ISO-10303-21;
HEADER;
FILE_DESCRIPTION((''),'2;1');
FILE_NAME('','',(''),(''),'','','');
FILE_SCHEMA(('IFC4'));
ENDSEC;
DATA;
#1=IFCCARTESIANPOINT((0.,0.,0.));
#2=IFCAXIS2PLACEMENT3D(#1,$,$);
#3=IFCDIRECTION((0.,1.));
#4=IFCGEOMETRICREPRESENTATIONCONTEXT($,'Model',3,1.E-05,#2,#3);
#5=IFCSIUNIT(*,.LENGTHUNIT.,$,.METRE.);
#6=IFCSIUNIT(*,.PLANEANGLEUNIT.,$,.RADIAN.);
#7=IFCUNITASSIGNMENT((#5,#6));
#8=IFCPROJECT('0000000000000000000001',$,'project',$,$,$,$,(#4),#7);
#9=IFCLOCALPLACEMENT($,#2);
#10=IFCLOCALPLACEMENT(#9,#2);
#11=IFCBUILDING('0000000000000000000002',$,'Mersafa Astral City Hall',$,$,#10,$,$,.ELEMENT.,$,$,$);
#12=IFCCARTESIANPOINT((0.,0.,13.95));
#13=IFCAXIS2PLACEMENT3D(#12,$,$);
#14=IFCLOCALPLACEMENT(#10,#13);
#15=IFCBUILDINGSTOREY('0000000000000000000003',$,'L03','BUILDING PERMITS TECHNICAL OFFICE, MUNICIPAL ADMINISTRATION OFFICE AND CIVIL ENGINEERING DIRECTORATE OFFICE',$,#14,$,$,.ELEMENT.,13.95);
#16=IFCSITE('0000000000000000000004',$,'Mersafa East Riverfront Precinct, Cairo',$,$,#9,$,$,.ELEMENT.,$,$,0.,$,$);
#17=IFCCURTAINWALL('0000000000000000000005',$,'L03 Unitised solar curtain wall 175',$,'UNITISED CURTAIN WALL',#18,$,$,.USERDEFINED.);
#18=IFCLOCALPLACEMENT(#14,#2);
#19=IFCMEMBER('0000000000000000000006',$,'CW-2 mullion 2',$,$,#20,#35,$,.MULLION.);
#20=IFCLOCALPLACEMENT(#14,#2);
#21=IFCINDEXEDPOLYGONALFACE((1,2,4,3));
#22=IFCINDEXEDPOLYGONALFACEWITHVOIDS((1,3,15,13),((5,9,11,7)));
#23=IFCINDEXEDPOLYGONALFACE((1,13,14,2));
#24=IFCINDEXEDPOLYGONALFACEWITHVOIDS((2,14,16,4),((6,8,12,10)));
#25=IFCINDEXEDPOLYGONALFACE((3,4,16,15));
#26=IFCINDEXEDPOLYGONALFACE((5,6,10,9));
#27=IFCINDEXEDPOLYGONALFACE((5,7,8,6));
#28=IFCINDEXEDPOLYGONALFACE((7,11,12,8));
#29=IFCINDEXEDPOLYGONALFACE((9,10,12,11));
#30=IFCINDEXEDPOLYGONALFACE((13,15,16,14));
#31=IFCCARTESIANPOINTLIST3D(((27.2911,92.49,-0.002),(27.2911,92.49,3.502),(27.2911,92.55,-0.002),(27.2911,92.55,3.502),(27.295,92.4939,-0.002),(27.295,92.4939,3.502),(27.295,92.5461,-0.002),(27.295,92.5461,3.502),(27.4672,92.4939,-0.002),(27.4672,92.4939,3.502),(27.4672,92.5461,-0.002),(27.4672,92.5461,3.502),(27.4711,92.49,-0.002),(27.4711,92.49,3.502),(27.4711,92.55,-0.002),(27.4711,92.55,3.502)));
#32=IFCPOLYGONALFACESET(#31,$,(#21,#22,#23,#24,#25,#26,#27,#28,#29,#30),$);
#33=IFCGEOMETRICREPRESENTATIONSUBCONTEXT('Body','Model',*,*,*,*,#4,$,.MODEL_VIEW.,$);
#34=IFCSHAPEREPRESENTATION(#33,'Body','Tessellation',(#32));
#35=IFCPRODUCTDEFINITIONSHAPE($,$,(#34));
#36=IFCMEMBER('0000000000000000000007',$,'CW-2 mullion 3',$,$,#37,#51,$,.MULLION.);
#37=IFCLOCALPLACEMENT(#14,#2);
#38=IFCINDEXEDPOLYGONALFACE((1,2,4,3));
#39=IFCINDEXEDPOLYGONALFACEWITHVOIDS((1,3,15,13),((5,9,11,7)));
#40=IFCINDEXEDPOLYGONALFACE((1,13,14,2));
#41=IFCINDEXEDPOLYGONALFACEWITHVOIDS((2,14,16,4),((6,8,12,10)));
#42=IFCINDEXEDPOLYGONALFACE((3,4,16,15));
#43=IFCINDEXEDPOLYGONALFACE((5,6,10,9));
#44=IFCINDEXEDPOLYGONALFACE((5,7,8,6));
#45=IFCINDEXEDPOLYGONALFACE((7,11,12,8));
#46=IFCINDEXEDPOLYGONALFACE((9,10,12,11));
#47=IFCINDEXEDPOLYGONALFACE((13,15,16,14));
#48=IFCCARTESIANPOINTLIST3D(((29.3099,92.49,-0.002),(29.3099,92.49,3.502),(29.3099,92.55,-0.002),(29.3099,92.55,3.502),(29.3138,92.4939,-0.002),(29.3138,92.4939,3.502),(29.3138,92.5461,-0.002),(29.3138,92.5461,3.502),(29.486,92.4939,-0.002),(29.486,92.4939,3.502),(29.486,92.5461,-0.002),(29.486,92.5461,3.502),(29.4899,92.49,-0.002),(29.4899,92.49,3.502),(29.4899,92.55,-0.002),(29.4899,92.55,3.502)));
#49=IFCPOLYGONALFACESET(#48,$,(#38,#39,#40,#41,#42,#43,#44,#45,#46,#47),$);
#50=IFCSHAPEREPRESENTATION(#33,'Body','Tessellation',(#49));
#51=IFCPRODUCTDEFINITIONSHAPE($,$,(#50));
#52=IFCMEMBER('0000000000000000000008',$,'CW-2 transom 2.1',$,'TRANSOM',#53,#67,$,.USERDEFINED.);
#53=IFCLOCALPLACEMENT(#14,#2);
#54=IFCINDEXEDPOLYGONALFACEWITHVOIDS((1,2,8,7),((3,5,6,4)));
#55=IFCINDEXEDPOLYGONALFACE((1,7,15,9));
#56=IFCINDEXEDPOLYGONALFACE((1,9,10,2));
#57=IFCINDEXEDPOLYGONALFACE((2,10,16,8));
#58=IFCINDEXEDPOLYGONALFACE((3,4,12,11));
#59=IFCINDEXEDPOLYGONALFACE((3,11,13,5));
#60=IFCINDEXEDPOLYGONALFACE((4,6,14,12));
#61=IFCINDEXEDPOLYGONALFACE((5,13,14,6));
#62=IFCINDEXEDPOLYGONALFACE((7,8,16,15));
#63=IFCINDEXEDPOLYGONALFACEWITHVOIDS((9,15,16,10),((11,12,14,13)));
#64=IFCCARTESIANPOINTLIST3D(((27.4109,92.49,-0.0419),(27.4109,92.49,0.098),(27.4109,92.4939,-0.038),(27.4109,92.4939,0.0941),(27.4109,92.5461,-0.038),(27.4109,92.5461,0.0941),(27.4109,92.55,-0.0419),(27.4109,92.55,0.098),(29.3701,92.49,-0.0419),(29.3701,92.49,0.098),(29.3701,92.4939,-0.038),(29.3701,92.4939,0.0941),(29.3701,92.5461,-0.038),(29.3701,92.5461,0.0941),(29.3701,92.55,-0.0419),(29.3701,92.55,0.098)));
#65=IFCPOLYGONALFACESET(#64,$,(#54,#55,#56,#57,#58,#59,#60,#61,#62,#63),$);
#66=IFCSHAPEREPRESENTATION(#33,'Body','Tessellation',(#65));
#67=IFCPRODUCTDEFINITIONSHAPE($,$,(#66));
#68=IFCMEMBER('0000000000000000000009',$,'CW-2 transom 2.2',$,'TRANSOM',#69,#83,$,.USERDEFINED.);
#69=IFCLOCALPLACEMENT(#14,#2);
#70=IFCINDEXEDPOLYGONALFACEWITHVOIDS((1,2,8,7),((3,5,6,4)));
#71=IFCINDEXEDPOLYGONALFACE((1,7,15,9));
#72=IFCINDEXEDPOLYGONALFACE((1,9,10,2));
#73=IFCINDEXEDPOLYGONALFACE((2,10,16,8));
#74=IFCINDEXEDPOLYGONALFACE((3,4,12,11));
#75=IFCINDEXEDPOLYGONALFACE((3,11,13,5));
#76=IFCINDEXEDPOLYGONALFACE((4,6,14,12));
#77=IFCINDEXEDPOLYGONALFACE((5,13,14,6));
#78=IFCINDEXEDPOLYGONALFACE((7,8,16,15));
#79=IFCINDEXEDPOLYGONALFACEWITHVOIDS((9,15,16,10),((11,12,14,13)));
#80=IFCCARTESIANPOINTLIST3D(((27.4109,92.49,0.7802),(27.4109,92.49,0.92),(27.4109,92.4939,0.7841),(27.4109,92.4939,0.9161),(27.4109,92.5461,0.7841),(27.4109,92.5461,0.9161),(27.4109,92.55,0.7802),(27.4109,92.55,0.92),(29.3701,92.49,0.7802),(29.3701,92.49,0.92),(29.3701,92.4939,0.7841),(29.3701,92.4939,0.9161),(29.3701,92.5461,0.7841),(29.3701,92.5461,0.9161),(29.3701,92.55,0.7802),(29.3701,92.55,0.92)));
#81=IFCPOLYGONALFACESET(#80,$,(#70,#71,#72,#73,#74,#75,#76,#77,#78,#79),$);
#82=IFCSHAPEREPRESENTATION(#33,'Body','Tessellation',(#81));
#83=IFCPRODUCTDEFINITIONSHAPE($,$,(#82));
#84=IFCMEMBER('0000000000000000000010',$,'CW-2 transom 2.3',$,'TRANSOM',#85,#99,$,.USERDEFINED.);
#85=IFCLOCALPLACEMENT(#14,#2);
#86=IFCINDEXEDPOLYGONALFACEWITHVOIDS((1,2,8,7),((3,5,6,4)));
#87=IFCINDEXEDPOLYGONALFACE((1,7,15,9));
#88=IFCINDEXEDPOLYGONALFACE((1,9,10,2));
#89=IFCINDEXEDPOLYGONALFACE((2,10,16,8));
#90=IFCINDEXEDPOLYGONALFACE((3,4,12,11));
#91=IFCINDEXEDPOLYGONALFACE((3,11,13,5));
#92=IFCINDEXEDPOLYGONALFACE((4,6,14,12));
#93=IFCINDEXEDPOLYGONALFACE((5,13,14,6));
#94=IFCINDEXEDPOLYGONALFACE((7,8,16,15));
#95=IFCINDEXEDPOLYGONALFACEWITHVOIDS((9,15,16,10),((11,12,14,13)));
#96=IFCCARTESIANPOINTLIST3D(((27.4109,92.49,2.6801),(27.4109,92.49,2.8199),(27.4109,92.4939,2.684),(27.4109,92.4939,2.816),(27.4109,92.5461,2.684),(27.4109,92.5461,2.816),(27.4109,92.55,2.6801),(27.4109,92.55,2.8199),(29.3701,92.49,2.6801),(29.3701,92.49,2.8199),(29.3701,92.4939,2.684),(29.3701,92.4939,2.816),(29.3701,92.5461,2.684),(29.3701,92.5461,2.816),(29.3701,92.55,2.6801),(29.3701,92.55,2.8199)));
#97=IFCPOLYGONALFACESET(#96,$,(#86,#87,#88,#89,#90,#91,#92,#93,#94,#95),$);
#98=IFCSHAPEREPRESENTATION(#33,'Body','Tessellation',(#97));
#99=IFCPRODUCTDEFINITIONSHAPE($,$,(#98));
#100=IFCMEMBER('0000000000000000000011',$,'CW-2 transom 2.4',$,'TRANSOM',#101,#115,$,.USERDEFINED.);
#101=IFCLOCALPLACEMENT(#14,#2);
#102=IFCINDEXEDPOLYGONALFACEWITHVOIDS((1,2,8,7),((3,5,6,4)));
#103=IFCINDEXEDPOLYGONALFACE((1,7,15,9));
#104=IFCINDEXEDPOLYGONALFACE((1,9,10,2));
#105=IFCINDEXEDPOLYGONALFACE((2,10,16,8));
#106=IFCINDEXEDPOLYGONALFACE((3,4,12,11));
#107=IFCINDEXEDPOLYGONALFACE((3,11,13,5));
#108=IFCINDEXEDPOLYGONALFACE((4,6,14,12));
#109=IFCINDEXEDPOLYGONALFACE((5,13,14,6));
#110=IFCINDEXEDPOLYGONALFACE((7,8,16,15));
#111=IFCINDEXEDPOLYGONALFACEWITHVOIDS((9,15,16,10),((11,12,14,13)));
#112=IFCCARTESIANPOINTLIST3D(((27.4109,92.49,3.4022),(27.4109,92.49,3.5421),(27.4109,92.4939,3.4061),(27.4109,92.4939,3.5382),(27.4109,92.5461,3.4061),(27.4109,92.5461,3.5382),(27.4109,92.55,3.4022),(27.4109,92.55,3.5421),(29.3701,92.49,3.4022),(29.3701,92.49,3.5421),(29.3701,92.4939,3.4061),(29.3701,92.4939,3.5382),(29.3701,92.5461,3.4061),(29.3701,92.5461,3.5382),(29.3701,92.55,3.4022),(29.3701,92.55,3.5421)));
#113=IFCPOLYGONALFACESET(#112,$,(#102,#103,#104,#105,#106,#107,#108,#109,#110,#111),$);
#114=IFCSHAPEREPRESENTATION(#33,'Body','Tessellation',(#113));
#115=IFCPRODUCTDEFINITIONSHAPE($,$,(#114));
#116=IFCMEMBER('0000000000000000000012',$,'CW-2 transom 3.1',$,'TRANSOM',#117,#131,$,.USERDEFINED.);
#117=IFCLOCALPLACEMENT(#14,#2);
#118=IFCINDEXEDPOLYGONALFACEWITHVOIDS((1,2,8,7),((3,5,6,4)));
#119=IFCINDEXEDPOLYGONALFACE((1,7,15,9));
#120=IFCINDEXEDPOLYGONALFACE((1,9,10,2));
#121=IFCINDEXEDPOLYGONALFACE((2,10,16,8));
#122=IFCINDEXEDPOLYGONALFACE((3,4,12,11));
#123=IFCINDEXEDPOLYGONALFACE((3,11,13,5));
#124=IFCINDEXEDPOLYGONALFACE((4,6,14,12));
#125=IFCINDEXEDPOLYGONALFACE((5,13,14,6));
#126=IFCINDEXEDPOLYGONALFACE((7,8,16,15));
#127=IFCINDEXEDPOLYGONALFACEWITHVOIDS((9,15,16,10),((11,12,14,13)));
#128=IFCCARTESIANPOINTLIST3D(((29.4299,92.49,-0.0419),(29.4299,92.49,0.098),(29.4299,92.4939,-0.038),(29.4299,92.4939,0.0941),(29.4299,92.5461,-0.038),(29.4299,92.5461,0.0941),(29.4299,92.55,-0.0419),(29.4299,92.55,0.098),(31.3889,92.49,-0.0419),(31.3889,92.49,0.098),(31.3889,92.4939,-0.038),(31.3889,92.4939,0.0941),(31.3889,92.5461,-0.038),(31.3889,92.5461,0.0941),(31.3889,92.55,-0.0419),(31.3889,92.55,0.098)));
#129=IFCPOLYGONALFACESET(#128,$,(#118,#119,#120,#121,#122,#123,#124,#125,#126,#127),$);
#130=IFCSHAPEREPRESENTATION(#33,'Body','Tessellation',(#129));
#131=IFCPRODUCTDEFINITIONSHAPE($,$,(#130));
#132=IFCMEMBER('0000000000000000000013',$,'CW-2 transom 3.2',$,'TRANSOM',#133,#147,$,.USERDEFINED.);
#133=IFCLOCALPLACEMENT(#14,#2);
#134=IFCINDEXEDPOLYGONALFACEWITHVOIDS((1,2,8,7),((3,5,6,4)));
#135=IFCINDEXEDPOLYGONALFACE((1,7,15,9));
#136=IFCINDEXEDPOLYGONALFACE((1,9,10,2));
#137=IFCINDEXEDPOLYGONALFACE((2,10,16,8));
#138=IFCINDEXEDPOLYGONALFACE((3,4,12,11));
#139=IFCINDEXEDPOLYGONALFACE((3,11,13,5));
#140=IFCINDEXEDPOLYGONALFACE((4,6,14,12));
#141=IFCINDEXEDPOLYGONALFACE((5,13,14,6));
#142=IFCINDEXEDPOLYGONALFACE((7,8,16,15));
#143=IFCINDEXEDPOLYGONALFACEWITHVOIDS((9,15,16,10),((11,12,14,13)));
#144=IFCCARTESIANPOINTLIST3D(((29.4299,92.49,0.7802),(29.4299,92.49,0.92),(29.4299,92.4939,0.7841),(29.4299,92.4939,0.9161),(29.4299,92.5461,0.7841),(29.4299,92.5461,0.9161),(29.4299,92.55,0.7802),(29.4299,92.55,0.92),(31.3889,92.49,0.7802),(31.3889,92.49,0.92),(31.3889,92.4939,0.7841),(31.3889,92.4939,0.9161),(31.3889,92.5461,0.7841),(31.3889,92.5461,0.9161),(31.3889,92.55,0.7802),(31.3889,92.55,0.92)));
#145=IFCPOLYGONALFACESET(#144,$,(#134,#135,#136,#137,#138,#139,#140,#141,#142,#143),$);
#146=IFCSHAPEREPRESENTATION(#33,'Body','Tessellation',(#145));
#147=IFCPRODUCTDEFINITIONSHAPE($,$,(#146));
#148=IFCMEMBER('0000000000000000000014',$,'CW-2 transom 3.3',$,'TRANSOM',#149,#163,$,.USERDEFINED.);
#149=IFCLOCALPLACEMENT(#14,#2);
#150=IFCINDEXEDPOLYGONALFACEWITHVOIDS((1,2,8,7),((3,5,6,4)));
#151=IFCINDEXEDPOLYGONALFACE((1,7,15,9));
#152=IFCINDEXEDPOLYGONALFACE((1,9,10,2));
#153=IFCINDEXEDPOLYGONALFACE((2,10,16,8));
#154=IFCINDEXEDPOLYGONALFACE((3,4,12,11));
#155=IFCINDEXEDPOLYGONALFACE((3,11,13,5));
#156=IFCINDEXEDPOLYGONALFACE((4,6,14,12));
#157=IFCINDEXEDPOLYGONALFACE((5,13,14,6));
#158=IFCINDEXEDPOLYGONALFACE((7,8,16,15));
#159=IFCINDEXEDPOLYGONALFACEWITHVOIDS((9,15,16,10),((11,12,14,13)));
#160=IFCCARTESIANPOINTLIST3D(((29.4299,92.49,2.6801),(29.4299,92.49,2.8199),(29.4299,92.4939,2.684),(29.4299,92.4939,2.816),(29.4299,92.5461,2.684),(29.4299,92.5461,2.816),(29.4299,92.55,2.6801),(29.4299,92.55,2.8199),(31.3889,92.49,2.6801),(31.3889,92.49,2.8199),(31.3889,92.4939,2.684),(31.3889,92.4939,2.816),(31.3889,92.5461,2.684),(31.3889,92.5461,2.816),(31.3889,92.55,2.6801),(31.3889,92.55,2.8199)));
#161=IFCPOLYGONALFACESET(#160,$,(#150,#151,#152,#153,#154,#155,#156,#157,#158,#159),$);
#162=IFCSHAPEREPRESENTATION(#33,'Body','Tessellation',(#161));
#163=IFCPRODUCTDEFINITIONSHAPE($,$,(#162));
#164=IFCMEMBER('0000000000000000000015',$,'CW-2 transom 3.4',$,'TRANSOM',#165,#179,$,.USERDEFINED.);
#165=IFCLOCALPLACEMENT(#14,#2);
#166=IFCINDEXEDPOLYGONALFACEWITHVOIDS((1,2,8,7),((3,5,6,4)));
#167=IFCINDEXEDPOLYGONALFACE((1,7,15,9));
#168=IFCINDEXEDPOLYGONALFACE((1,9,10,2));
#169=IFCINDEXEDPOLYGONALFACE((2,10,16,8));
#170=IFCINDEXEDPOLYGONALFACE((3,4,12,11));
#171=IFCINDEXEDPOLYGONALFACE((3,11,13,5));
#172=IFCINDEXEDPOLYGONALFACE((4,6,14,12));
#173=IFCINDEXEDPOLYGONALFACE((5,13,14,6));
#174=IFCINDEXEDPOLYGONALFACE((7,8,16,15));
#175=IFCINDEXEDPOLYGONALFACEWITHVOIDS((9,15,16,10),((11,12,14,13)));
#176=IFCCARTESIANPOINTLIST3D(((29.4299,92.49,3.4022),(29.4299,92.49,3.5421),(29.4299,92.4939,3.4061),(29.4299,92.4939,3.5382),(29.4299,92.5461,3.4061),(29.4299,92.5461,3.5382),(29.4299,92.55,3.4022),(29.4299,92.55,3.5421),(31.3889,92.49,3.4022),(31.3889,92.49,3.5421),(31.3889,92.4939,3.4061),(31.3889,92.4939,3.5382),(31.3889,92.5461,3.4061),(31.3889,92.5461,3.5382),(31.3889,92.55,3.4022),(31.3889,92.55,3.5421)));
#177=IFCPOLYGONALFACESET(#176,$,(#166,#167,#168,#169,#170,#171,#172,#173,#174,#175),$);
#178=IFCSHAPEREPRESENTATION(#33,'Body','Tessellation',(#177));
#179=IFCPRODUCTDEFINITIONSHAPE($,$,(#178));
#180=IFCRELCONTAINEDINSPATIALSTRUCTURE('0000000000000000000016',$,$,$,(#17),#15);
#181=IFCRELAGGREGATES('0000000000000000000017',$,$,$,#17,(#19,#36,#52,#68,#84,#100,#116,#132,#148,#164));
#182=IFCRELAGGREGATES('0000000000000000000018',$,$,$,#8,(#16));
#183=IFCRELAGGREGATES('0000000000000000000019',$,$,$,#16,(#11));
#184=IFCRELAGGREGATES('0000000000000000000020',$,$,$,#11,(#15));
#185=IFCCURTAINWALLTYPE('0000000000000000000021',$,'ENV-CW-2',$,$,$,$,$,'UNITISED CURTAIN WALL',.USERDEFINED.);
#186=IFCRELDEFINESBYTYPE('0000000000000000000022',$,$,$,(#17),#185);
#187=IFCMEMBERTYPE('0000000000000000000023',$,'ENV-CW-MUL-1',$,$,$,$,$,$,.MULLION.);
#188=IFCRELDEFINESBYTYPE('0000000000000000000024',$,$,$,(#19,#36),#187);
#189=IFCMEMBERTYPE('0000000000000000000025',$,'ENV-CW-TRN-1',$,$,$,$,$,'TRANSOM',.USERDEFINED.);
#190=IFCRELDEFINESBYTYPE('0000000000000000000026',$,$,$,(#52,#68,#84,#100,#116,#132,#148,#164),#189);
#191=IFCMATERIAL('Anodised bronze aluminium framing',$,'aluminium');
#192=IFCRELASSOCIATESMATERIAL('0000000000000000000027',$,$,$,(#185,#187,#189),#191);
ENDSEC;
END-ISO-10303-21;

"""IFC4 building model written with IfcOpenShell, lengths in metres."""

from ifc_helpers import new_model, si_unit, direction, frame, origin, origin_2d, place, context, subcontext, project, spatial, hollow_rectangle, extrude, material, material_profile, profile_set, type_object, element, aggregate, save


model = new_model("IFC4")

# Units and contexts
model_context = context("Model", 3, precision=1e-05, world=origin(), true_north=direction((0.0, 1.0)))
body_context = subcontext(model_context, "Body", "Model", "MODEL_VIEW")
ifc_project = project(units=[si_unit("LENGTHUNIT", "METRE"), si_unit("PLANEANGLEUNIT", "RADIAN")], contexts=[model_context])

# Site, building, storey
site_placement = place(None, origin())
site = spatial("IfcSite", under=ifc_project, at=site_placement, Name="Mersafa East Riverfront Precinct, Cairo", CompositionType="ELEMENT", RefElevation=0.0)
building_placement = place(site_placement, origin())
building = spatial("IfcBuilding", under=site, at=building_placement, Name="Mersafa Astral City Hall", CompositionType="ELEMENT")
storey_placement = place(building_placement, frame((0.0, 0.0, 13.95)))
storey = spatial("IfcBuildingStorey", under=building, at=storey_placement, Name="L03", Description="BUILDING PERMITS TECHNICAL OFFICE, MUNICIPAL ADMINISTRATION OFFICE AND CIVIL ENGINEERING DIRECTORATE OFFICE", CompositionType="ELEMENT", Elevation=13.95)

# Curtain wall, members
ifc_material_1 = material(Name="Anodised bronze aluminium framing", Category="aluminium")
curtain_wall_type = type_object("IfcCurtainWallType", Name="ENV-CW-2", ElementType="UNITISED CURTAIN WALL", PredefinedType="USERDEFINED", material=ifc_material_1)
curtain_wall_placement = place(storey_placement, origin())
curtain_wall = element("IfcCurtainWall", 1, at=curtain_wall_placement, inside=storey, type_object=curtain_wall_type, Name="L03 Unitised solar curtain wall 175", ObjectType="UNITISED CURTAIN WALL", PredefinedType="USERDEFINED")
ifc_material_profile_1 = material_profile(ifc_material_1, hollow_rectangle(XDim=0.0601, YDim=0.1799, WallThickness=0.0039, at=origin_2d()), Name="RHS 60x180x4")
ifc_profile_set_1 = profile_set([ifc_material_profile_1], Name="Anodised bronze aluminium framing")
member_type_1 = type_object("IfcMemberType", Name="ENV-CW-MUL-1", PredefinedType="MULLION", material=ifc_profile_set_1)
member_1_placement = place(storey_placement, frame((27.3811, 92.52, -0.002), z_axis=(0.0, 0.0, 1.0), x_axis=(0.0, 1.0, 0.0)))
member_1 = element("IfcMember", 2, at=member_1_placement, type_object=member_type_1, Name="CW-2 mullion 2", PredefinedType="MULLION", context=body_context, shape_type="SweptSolid", body=[
    extrude(hollow_rectangle(XDim=0.0601, YDim=0.1799, WallThickness=0.0039, at=origin_2d()), origin(), (0.0, 0.0, 1.0), 3.5039),
])
member_2_placement = place(storey_placement, frame((29.3999, 92.52, -0.002), z_axis=(0.0, 0.0, 1.0), x_axis=(0.0, 1.0, 0.0)))
member_2 = element("IfcMember", 3, at=member_2_placement, type_object=member_type_1, Name="CW-2 mullion 3", PredefinedType="MULLION", context=body_context, shape_type="SweptSolid", body=[
    extrude(hollow_rectangle(XDim=0.0601, YDim=0.1799, WallThickness=0.0039, at=origin_2d()), origin(), (0.0, 0.0, 1.0), 3.5039),
])
ifc_material_profile_2 = material_profile(ifc_material_1, hollow_rectangle(XDim=0.0601, YDim=0.1399, WallThickness=0.0039, at=origin_2d()), Name="RHS 60x140x4")
ifc_profile_set_2 = profile_set([ifc_material_profile_2], Name="Anodised bronze aluminium framing")
member_type_2 = type_object("IfcMemberType", Name="ENV-CW-TRN-1", ElementType="TRANSOM", PredefinedType="USERDEFINED", material=ifc_profile_set_2)
member_3_placement = place(storey_placement, frame((27.4109, 92.52, 0.0281), z_axis=(1.0, 0.0, 0.0), x_axis=(0.0, 1.0, 0.0)))
member_3 = element("IfcMember", 4, at=member_3_placement, type_object=member_type_2, Name="CW-2 transom 2.1", ObjectType="TRANSOM", PredefinedType="USERDEFINED", context=body_context, shape_type="SweptSolid", body=[
    extrude(hollow_rectangle(XDim=0.0601, YDim=0.1399, WallThickness=0.0039, at=origin_2d()), origin(), (0.0, 0.0, 1.0), 1.9592),
])
member_4_placement = place(storey_placement, frame((27.4109, 92.52, 0.8501), z_axis=(1.0, 0.0, 0.0), x_axis=(0.0, 1.0, 0.0)))
member_4 = element("IfcMember", 5, at=member_4_placement, type_object=member_type_2, Name="CW-2 transom 2.2", ObjectType="TRANSOM", PredefinedType="USERDEFINED", context=body_context, shape_type="SweptSolid", body=[
    extrude(hollow_rectangle(XDim=0.0601, YDim=0.1399, WallThickness=0.0039, at=origin_2d()), origin(), (0.0, 0.0, 1.0), 1.9592),
])
member_5_placement = place(storey_placement, frame((27.4109, 92.52, 2.75), z_axis=(1.0, 0.0, 0.0), x_axis=(0.0, 1.0, 0.0)))
member_5 = element("IfcMember", 6, at=member_5_placement, type_object=member_type_2, Name="CW-2 transom 2.3", ObjectType="TRANSOM", PredefinedType="USERDEFINED", context=body_context, shape_type="SweptSolid", body=[
    extrude(hollow_rectangle(XDim=0.0601, YDim=0.1399, WallThickness=0.0039, at=origin_2d()), origin(), (0.0, 0.0, 1.0), 1.9592),
])
member_6_placement = place(storey_placement, frame((27.4109, 92.52, 3.4722), z_axis=(1.0, 0.0, 0.0), x_axis=(0.0, 1.0, 0.0)))
member_6 = element("IfcMember", 7, at=member_6_placement, type_object=member_type_2, Name="CW-2 transom 2.4", ObjectType="TRANSOM", PredefinedType="USERDEFINED", context=body_context, shape_type="SweptSolid", body=[
    extrude(hollow_rectangle(XDim=0.0601, YDim=0.1399, WallThickness=0.0039, at=origin_2d()), origin(), (0.0, 0.0, 1.0), 1.9592),
])
member_7_placement = place(storey_placement, frame((29.4299, 92.52, 0.0281), z_axis=(1.0, 0.0, 0.0), x_axis=(0.0, 1.0, 0.0)))
member_7 = element("IfcMember", 8, at=member_7_placement, type_object=member_type_2, Name="CW-2 transom 3.1", ObjectType="TRANSOM", PredefinedType="USERDEFINED", context=body_context, shape_type="SweptSolid", body=[
    extrude(hollow_rectangle(XDim=0.0601, YDim=0.1399, WallThickness=0.0039, at=origin_2d()), origin(), (0.0, 0.0, 1.0), 1.959),
])
member_8_placement = place(storey_placement, frame((29.4299, 92.52, 0.8501), z_axis=(1.0, 0.0, 0.0), x_axis=(0.0, 1.0, 0.0)))
member_8 = element("IfcMember", 9, at=member_8_placement, type_object=member_type_2, Name="CW-2 transom 3.2", ObjectType="TRANSOM", PredefinedType="USERDEFINED", context=body_context, shape_type="SweptSolid", body=[
    extrude(hollow_rectangle(XDim=0.0601, YDim=0.1399, WallThickness=0.0039, at=origin_2d()), origin(), (0.0, 0.0, 1.0), 1.959),
])
member_9_placement = place(storey_placement, frame((29.4299, 92.52, 2.75), z_axis=(1.0, 0.0, 0.0), x_axis=(0.0, 1.0, 0.0)))
member_9 = element("IfcMember", 10, at=member_9_placement, type_object=member_type_2, Name="CW-2 transom 3.3", ObjectType="TRANSOM", PredefinedType="USERDEFINED", context=body_context, shape_type="SweptSolid", body=[
    extrude(hollow_rectangle(XDim=0.0601, YDim=0.1399, WallThickness=0.0039, at=origin_2d()), origin(), (0.0, 0.0, 1.0), 1.959),
])
member_10_placement = place(storey_placement, frame((29.4299, 92.52, 3.4722), z_axis=(1.0, 0.0, 0.0), x_axis=(0.0, 1.0, 0.0)))
member_10 = element("IfcMember", 11, at=member_10_placement, type_object=member_type_2, Name="CW-2 transom 3.4", ObjectType="TRANSOM", PredefinedType="USERDEFINED", context=body_context, shape_type="SweptSolid", body=[
    extrude(hollow_rectangle(XDim=0.0601, YDim=0.1399, WallThickness=0.0039, at=origin_2d()), origin(), (0.0, 0.0, 1.0), 1.959),
])

aggregate(curtain_wall, [member_1, member_2, member_3, member_4, member_5, member_6, member_7, member_8, member_9, member_10])

save(model, "model.ifc")
